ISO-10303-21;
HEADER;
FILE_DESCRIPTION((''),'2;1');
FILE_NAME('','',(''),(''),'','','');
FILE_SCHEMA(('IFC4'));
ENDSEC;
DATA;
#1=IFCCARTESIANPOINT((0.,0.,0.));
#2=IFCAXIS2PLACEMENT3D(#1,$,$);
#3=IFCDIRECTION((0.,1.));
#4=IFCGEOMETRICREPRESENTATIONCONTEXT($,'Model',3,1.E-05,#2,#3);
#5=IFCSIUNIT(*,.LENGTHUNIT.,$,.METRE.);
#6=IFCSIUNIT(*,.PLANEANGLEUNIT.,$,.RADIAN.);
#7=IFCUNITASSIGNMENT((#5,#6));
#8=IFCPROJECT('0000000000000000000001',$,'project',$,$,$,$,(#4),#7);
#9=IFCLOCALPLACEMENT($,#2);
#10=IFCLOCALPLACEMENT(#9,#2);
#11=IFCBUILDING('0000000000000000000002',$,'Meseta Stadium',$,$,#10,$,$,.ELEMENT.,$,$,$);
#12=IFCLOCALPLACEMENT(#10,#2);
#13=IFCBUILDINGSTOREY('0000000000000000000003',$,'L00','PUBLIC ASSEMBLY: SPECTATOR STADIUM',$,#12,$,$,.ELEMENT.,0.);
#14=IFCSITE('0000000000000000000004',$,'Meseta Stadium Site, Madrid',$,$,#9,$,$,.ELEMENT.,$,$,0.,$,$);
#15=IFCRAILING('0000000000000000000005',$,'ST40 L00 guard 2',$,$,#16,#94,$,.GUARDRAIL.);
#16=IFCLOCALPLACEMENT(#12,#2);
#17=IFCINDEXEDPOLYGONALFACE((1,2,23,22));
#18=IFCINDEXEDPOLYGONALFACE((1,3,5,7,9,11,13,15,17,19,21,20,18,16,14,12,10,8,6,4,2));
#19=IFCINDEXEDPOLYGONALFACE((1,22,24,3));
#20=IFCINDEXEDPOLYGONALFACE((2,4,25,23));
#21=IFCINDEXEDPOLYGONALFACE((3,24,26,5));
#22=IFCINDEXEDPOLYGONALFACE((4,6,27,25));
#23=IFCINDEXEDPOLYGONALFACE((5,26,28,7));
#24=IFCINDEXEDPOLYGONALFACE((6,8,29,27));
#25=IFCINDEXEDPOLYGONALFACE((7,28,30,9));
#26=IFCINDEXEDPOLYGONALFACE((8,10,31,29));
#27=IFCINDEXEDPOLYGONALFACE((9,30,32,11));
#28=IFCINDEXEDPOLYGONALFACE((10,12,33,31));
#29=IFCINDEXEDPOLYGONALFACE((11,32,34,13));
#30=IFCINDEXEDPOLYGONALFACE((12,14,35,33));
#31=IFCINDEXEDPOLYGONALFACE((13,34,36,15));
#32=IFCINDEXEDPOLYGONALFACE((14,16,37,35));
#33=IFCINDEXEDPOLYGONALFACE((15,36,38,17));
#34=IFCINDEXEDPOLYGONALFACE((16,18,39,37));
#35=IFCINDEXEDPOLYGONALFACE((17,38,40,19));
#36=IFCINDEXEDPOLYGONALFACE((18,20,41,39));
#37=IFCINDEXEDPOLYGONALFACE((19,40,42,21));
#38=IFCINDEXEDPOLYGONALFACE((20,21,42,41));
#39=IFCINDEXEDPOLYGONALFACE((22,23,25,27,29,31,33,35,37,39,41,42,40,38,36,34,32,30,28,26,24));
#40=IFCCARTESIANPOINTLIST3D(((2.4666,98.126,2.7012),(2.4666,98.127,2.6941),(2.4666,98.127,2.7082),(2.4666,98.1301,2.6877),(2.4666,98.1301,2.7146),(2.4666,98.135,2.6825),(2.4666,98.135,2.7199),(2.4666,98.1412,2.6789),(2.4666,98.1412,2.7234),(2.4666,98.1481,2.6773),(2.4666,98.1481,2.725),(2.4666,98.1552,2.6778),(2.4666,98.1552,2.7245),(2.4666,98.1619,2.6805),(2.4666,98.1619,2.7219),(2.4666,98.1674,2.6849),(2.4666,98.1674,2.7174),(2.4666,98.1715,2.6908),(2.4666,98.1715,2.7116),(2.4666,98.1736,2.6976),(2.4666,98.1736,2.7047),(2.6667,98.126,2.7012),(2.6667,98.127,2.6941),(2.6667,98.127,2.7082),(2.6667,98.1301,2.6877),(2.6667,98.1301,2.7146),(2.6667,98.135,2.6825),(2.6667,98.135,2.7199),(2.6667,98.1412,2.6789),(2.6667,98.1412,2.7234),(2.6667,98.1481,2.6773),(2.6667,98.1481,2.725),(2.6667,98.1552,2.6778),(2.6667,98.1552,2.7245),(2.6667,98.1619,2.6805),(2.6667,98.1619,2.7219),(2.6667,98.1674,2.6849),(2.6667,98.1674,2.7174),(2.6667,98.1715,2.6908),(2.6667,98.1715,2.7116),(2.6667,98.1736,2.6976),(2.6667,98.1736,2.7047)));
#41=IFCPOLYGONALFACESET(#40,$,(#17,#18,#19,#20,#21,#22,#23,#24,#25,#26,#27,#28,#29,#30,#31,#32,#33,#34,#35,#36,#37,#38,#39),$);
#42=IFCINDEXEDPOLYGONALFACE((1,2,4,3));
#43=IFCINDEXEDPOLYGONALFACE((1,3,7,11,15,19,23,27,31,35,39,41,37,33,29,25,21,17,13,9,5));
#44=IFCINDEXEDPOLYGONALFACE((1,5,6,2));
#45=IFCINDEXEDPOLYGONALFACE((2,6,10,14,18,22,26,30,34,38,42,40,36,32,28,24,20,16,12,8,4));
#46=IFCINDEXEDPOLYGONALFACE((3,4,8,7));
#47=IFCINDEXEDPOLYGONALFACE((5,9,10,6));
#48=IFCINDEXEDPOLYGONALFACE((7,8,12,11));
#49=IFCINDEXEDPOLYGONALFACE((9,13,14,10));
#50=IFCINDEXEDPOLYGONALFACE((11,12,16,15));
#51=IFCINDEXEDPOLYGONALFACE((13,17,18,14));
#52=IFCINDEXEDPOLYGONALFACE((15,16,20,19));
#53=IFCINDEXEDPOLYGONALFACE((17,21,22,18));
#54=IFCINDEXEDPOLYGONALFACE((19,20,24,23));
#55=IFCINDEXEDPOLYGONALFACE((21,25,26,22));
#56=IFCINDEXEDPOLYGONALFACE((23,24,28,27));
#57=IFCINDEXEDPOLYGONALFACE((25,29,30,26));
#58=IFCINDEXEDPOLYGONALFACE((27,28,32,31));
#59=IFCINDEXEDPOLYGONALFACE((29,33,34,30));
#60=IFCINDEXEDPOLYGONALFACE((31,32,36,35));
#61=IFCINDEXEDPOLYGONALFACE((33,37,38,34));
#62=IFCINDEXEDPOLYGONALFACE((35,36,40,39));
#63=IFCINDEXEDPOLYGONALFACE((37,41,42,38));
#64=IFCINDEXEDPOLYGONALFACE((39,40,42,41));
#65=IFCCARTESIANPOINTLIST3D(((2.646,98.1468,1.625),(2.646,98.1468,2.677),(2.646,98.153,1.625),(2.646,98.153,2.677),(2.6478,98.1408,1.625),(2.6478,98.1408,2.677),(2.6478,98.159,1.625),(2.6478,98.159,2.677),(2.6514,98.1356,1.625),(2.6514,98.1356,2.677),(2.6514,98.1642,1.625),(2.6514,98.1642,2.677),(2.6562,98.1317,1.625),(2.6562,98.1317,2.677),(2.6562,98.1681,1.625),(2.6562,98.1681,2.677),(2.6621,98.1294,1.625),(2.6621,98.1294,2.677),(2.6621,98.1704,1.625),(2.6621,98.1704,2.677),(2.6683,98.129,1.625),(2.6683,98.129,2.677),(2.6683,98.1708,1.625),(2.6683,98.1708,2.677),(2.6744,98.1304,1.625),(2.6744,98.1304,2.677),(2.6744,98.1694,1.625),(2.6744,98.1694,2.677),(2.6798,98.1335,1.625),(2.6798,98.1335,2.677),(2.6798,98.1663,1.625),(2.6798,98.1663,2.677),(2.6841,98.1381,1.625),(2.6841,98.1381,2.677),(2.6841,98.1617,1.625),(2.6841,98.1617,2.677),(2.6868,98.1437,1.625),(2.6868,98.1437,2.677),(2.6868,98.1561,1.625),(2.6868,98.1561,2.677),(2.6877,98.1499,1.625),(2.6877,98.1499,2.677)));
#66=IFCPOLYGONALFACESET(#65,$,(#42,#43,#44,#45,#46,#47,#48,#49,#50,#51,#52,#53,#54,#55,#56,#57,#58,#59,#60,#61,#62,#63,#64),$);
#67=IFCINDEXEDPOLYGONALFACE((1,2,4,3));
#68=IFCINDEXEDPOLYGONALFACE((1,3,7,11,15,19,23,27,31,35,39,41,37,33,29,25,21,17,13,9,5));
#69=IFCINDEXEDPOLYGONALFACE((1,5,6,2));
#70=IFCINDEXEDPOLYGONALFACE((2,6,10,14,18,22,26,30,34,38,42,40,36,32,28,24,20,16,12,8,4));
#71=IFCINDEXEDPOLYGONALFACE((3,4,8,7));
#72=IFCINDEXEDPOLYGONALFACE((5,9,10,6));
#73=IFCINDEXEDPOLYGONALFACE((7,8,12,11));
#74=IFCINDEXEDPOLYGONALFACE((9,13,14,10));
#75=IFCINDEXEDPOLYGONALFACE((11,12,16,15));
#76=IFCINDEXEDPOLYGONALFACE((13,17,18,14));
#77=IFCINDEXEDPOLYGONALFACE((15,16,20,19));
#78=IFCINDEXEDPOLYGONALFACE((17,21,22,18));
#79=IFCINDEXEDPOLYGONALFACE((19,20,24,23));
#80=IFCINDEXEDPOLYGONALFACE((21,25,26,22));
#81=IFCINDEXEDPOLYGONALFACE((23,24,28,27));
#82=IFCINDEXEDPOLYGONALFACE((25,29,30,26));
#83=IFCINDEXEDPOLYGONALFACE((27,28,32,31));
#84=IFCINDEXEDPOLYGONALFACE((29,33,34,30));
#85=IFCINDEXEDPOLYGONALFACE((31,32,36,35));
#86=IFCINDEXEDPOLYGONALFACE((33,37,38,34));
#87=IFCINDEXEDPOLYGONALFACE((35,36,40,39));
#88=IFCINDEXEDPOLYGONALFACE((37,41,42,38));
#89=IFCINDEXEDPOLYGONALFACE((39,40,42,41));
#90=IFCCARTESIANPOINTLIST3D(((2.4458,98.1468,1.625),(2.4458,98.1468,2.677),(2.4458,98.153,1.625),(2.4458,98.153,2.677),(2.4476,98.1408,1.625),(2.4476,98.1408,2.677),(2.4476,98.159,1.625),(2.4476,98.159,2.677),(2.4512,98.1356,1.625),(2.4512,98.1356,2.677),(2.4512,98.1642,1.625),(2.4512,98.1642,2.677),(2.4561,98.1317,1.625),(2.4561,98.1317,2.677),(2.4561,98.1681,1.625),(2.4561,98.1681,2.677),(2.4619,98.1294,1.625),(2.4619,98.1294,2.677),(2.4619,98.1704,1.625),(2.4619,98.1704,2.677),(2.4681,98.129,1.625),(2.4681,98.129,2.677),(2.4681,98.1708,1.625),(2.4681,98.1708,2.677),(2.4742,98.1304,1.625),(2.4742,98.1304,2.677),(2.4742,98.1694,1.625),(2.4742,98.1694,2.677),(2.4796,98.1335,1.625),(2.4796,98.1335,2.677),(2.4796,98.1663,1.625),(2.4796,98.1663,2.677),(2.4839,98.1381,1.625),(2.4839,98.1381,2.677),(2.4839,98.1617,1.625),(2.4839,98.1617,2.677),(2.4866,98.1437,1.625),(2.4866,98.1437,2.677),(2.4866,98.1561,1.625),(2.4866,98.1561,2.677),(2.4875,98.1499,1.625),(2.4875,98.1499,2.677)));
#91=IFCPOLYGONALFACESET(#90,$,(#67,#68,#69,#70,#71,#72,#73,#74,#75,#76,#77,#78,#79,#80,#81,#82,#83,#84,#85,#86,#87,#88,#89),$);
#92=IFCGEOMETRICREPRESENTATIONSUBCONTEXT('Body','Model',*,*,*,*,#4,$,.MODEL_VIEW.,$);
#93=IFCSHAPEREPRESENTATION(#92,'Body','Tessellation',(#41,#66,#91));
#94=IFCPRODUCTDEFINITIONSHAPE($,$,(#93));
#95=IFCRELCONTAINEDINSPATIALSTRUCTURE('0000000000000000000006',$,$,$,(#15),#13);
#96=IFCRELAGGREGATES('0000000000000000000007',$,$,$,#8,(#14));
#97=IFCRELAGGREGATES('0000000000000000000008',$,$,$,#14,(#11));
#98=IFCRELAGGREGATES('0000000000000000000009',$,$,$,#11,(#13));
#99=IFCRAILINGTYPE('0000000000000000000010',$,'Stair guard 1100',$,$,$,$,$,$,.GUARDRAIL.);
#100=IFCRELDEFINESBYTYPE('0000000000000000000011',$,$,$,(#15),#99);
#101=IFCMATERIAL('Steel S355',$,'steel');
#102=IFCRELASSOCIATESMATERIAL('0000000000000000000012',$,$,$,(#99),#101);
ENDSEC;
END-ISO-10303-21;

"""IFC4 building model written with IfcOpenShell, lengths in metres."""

from ifc_helpers import new_model, si_unit, direction, frame, origin, origin_2d, place, context, subcontext, project, spatial, circle, extrude, material, type_object, element, save


model = new_model("IFC4")

# Units and contexts
model_context = context("Model", 3, precision=1e-05, world=origin(), true_north=direction((0.0, 1.0)))
body_context = subcontext(model_context, "Body", "Model", "MODEL_VIEW")
ifc_project = project(units=[si_unit("LENGTHUNIT", "METRE"), si_unit("PLANEANGLEUNIT", "RADIAN")], contexts=[model_context])

# Site, building, storey
site_placement = place(None, origin())
site = spatial("IfcSite", under=ifc_project, at=site_placement, Name="Meseta Stadium Site, Madrid", CompositionType="ELEMENT", RefElevation=0.0)
building_placement = place(site_placement, origin())
building = spatial("IfcBuilding", under=site, at=building_placement, Name="Meseta Stadium", CompositionType="ELEMENT")
storey_placement = place(building_placement, origin())
storey = spatial("IfcBuildingStorey", under=building, at=storey_placement, Name="L00", Description="PUBLIC ASSEMBLY: SPECTATOR STADIUM", CompositionType="ELEMENT", Elevation=0.0)

# Railing
ifc_material_1 = material(Name="Steel S355", Category="steel")
railing_type_1 = type_object("IfcRailingType", Name="Stair guard 1100", PredefinedType="GUARDRAIL", material=ifc_material_1)
railing_1_placement = place(storey_placement, frame((2.6667, 98.1499, 1.625)))
element("IfcRailing", 1, at=railing_1_placement, inside=storey, type_object=railing_type_1, Name="ST40 L00 guard 2", PredefinedType="GUARDRAIL", context=body_context, shape_type="SweptSolid", body=[
    extrude(circle(Radius=0.0239, at=origin_2d()), frame((0.0, 0.0, 1.0762), z_axis=(-1.0, 0.0, 0.0), x_axis=(0.0, -1.0, 0.0)), (0.0, 0.0, 1.0), 0.2002),
    extrude(circle(Radius=0.021, at=origin_2d()), origin(), (0.0, 0.0, 1.0), 1.052),
    extrude(circle(Radius=0.021, at=origin_2d()), frame((-0.2002, 0.0, 0.0)), (0.0, 0.0, 1.0), 1.052),
])

save(model, "model.ifc")
